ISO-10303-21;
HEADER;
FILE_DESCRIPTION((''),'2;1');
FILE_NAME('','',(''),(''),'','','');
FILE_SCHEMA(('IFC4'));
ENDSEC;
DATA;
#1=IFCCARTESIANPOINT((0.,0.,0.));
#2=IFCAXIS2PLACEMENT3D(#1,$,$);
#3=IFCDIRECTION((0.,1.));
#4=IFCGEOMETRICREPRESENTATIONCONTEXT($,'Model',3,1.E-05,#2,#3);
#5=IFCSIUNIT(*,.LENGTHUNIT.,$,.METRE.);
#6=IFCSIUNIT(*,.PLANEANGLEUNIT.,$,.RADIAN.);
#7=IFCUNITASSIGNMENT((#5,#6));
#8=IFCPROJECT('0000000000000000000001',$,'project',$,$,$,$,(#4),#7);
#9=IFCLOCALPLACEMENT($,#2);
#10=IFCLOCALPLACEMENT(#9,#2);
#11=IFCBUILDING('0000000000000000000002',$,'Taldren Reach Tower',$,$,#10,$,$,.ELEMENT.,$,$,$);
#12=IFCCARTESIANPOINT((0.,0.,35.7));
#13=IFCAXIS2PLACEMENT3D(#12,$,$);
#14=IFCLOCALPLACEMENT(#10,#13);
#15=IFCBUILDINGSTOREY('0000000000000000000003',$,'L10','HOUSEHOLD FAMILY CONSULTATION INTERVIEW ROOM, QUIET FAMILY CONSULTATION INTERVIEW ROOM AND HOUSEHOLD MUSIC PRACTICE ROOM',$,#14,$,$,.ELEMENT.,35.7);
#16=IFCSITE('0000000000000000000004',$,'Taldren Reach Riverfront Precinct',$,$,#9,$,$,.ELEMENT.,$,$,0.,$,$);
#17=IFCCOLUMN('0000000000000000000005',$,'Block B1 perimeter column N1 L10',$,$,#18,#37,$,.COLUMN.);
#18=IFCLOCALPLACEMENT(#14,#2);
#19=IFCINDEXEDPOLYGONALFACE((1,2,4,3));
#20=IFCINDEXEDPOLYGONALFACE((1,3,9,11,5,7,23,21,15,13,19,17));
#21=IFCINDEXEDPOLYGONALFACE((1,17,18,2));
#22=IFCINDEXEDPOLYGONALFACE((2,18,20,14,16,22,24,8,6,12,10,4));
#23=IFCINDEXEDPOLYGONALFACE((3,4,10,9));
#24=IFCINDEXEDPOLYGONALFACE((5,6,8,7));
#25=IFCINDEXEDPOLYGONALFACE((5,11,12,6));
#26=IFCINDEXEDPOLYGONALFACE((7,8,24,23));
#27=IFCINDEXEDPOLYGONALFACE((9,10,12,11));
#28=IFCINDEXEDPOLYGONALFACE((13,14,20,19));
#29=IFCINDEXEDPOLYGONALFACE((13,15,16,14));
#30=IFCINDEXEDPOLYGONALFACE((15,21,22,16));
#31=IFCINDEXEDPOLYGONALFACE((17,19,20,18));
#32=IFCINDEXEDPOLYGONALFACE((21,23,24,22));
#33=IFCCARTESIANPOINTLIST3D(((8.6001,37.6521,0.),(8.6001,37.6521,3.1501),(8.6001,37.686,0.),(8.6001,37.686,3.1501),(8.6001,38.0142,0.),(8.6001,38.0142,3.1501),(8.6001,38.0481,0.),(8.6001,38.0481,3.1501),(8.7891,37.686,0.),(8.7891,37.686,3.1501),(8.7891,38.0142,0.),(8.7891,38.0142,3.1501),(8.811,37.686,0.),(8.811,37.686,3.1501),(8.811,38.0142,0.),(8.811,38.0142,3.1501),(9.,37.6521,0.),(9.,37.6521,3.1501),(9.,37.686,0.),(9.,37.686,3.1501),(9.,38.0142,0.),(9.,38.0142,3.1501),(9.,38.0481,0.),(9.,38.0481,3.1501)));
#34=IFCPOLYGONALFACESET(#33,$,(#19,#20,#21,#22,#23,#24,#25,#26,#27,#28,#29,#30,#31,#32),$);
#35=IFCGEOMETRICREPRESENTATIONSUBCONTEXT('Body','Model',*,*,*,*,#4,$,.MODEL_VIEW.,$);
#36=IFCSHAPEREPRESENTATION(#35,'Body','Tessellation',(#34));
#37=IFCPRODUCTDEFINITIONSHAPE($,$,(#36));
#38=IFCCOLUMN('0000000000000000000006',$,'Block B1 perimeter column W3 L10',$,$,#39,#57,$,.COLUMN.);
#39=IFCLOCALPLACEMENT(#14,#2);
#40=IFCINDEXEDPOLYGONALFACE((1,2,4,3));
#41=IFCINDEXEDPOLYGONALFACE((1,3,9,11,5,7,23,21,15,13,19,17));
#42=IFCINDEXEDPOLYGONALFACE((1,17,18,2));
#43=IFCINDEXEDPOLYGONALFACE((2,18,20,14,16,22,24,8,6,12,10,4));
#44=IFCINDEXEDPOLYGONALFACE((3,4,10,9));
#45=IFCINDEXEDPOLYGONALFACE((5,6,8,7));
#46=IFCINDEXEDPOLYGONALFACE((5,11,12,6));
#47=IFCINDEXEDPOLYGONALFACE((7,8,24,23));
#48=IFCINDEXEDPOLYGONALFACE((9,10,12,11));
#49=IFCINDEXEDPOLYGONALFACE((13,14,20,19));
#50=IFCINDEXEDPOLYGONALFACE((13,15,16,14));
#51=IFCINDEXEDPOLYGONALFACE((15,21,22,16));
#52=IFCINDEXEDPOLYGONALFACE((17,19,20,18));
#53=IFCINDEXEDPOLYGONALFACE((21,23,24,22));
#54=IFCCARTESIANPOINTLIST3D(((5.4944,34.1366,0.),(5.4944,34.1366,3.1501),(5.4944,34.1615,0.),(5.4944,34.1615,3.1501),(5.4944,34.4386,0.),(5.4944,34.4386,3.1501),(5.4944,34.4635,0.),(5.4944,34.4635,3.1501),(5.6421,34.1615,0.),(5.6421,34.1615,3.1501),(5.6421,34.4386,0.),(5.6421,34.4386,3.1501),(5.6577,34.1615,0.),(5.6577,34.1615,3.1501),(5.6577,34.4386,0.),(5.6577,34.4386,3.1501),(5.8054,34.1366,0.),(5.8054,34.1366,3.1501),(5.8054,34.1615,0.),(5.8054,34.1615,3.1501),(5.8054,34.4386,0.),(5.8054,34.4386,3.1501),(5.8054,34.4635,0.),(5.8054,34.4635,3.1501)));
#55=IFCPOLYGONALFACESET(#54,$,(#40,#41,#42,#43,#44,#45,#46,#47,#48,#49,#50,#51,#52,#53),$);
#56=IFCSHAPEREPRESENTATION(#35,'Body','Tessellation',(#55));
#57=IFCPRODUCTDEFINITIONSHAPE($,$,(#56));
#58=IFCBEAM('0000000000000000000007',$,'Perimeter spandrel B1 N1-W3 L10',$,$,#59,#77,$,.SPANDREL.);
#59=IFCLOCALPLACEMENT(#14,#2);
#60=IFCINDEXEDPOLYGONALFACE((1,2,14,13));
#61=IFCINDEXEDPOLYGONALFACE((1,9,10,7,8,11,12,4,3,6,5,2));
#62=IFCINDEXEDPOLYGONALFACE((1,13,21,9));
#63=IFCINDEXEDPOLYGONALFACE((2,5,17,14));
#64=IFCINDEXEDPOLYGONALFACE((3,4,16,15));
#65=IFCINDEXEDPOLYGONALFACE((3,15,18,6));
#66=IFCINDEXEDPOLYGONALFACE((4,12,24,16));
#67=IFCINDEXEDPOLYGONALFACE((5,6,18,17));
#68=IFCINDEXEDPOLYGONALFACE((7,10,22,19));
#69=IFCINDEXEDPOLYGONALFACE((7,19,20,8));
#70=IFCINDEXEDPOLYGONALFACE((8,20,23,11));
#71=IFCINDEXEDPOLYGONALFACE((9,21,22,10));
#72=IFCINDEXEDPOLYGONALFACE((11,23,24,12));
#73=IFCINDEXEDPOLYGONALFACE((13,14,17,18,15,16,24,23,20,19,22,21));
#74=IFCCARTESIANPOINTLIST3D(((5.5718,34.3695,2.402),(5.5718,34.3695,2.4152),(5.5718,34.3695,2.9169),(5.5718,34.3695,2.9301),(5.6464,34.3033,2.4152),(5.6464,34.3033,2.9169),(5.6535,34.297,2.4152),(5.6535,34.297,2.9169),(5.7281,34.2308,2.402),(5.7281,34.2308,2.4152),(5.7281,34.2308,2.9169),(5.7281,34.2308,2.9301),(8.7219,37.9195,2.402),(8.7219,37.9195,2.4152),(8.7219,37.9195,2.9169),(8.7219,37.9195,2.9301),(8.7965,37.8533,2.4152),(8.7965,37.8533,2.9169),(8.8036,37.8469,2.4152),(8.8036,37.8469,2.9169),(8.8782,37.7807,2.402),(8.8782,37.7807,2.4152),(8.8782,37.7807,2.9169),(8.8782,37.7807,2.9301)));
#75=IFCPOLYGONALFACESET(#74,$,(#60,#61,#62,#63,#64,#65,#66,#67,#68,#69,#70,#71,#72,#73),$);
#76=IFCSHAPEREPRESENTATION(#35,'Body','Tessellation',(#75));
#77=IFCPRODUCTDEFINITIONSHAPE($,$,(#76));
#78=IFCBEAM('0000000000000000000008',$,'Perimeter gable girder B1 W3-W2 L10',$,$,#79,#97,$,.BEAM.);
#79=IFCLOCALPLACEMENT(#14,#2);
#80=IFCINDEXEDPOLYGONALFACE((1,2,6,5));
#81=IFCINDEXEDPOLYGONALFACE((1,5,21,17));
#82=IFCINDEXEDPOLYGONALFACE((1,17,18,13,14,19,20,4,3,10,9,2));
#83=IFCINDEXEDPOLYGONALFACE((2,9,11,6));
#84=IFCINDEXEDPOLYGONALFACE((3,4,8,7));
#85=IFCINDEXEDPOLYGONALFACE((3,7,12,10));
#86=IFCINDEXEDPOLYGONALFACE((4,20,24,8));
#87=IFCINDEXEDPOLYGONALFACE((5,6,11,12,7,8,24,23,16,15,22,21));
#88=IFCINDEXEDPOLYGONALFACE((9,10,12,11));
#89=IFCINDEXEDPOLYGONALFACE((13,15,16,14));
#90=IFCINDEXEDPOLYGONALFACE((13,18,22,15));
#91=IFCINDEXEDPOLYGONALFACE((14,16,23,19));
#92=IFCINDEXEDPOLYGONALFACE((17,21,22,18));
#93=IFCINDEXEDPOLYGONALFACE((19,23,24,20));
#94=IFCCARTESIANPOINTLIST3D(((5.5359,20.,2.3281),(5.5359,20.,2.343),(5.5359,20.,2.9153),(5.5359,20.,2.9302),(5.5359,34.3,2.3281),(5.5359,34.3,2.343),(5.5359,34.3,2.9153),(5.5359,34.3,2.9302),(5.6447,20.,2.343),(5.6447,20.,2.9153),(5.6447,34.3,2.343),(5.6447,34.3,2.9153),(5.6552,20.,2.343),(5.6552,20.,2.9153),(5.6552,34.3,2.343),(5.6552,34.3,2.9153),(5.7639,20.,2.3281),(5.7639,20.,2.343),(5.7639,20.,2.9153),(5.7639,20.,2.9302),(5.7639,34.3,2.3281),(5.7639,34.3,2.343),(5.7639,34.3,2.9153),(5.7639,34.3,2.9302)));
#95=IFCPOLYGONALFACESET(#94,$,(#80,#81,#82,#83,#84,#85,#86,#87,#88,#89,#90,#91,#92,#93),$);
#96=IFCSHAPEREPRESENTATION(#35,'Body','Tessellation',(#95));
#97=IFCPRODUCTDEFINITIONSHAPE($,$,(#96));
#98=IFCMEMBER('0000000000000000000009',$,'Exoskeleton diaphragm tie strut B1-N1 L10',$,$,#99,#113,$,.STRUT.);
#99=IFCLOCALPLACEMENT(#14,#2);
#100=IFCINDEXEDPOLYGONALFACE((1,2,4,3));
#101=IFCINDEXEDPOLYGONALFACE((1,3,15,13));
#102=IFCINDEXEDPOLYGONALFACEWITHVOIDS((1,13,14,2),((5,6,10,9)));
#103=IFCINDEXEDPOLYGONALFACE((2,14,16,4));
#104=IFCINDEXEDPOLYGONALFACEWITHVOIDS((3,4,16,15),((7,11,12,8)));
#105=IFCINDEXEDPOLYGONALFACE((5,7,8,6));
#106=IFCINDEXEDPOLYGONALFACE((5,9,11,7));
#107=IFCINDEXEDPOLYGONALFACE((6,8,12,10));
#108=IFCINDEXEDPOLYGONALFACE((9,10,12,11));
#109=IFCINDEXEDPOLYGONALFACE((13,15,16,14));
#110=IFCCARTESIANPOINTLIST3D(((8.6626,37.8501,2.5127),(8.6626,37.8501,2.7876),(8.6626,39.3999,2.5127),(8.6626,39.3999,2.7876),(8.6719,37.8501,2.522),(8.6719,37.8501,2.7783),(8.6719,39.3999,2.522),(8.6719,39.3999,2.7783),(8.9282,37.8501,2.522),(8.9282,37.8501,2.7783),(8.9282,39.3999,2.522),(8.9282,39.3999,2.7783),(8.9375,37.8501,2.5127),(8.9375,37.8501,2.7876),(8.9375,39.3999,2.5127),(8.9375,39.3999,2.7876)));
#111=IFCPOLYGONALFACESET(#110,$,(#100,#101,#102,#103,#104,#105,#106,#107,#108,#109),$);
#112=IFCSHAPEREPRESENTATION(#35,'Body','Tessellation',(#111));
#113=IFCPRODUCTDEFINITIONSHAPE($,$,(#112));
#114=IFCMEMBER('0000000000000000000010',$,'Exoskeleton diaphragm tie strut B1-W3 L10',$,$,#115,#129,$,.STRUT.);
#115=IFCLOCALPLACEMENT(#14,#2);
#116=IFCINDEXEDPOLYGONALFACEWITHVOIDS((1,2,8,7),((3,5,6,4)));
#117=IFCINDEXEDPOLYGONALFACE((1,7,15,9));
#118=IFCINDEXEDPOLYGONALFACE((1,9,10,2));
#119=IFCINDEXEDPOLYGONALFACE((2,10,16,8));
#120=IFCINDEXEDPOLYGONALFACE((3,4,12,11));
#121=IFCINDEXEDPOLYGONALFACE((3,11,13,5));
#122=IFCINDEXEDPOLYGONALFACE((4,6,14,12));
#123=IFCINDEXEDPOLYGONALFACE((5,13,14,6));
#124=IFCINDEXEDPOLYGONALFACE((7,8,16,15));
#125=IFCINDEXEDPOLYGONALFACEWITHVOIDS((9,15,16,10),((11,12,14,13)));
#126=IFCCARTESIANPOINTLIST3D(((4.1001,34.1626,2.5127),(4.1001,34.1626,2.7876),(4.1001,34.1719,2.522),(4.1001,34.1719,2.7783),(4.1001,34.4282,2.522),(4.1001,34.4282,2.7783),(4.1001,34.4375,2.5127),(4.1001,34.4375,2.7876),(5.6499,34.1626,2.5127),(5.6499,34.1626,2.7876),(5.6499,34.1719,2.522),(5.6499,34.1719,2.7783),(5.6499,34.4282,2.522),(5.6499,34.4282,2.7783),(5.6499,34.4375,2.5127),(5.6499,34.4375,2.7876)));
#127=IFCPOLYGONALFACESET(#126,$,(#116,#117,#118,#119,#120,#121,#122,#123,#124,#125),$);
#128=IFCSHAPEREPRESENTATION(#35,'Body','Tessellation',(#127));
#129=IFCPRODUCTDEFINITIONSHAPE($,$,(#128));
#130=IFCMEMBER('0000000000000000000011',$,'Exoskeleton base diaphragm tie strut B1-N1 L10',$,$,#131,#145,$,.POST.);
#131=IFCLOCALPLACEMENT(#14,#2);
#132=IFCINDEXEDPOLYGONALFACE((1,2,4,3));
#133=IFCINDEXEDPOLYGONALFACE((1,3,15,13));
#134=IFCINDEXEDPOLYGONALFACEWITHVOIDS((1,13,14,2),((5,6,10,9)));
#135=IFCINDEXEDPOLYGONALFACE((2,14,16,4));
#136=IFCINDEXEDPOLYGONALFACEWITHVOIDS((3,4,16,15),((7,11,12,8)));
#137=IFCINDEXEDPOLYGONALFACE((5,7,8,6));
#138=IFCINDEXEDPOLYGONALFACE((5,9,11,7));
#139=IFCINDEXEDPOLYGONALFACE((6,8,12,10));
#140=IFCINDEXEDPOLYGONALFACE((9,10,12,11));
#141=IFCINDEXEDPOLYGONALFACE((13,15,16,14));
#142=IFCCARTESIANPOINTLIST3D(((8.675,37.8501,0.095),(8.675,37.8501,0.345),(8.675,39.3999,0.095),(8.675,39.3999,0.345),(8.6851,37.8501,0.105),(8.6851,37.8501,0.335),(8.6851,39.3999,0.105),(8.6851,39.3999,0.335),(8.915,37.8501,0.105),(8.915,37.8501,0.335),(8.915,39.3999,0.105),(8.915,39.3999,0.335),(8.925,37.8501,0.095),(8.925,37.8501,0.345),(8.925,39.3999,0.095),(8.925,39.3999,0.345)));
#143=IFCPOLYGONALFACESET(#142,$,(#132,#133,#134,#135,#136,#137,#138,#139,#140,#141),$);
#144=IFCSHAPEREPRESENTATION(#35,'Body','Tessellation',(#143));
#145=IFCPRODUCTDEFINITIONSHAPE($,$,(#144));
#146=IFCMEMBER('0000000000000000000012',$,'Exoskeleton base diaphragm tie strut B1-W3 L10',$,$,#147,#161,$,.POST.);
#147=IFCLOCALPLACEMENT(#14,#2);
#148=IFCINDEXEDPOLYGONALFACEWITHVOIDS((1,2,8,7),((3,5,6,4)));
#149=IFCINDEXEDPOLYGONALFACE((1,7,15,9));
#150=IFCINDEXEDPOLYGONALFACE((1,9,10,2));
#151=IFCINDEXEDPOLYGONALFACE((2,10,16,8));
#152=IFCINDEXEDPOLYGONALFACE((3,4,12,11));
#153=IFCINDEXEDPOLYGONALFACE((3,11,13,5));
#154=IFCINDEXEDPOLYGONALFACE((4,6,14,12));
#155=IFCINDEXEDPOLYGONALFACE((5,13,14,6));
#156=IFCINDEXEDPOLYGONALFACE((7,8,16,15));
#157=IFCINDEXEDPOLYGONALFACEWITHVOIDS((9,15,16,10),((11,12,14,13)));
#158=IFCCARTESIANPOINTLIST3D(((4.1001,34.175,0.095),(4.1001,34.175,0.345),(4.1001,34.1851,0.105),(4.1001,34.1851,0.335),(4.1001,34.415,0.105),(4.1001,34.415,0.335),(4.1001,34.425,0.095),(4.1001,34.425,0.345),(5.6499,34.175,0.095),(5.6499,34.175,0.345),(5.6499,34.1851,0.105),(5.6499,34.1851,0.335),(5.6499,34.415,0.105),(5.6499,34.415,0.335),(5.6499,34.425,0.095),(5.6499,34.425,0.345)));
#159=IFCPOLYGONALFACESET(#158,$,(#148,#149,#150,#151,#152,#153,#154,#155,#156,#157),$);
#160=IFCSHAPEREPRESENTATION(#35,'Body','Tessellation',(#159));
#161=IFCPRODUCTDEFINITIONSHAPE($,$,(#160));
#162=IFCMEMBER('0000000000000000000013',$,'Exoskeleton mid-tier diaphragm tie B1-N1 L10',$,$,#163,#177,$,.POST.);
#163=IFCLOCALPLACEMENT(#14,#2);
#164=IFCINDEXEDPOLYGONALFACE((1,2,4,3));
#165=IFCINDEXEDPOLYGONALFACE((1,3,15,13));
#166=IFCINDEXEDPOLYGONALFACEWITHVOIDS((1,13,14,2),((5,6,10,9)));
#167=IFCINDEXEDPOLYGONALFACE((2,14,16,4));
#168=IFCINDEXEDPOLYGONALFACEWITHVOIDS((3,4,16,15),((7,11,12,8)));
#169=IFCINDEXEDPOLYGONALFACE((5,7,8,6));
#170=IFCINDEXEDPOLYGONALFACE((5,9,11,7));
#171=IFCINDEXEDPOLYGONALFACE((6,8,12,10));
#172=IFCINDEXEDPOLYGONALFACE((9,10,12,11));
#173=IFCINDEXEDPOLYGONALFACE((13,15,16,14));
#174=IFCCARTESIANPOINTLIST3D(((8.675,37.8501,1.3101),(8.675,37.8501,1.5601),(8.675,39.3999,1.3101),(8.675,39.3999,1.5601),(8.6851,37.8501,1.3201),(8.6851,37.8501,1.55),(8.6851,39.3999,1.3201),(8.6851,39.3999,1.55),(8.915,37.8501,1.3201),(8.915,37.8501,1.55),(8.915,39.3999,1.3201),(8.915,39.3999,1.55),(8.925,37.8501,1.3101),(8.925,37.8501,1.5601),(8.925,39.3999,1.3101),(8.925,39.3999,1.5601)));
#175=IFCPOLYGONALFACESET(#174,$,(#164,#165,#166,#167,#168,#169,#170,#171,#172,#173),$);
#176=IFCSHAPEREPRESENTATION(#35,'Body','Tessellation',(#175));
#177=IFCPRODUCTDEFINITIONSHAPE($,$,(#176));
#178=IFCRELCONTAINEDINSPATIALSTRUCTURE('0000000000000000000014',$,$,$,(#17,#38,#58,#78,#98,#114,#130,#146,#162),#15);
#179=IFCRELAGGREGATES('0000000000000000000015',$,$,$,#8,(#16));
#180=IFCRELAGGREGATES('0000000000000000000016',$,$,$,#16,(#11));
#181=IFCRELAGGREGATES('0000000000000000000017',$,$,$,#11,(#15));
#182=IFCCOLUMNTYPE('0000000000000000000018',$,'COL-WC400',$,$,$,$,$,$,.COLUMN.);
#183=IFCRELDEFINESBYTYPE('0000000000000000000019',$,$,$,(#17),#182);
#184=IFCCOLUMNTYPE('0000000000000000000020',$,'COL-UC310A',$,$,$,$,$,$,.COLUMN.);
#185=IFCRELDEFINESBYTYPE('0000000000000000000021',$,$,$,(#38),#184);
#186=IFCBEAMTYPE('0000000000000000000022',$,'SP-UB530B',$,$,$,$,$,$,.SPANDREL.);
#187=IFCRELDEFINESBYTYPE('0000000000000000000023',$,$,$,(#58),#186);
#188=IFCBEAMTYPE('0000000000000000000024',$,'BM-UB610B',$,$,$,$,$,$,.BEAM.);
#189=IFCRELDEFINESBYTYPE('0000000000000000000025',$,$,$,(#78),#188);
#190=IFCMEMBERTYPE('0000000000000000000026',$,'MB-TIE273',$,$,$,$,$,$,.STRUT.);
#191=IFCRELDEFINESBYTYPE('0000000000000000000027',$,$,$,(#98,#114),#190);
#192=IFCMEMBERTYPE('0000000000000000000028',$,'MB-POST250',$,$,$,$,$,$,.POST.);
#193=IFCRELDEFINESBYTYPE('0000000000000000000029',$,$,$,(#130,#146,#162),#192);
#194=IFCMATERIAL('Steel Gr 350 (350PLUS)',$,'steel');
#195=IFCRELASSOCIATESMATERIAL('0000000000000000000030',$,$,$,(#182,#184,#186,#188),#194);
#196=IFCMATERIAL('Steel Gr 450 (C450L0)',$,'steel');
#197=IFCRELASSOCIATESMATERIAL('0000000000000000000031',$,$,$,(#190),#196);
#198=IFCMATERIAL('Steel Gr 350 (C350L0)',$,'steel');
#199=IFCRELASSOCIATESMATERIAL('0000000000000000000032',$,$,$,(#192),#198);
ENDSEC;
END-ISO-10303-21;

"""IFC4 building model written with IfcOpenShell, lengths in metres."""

from ifc_helpers import new_model, si_unit, direction, frame, origin, origin_2d, place, context, subcontext, project, spatial, hollow_rectangle, i_section, extrude, source, transform, mapped, material, material_profile, profile_set, type_object, element, save


model = new_model("IFC4")

# Units and contexts
model_context = context("Model", 3, precision=1e-05, world=origin(), true_north=direction((0.0, 1.0)))
body_context = subcontext(model_context, "Body", "Model", "MODEL_VIEW")
ifc_project = project(units=[si_unit("LENGTHUNIT", "METRE"), si_unit("PLANEANGLEUNIT", "RADIAN")], contexts=[model_context])

# Site, building, storey
site_placement = place(None, origin())
site = spatial("IfcSite", under=ifc_project, at=site_placement, Name="Taldren Reach Riverfront Precinct", CompositionType="ELEMENT", RefElevation=0.0)
building_placement = place(site_placement, origin())
building = spatial("IfcBuilding", under=site, at=building_placement, Name="Taldren Reach Tower", CompositionType="ELEMENT")
storey_placement = place(building_placement, frame((0.0, 0.0, 35.7)))
storey = spatial("IfcBuildingStorey", under=building, at=storey_placement, Name="L10", Description="HOUSEHOLD FAMILY CONSULTATION INTERVIEW ROOM, QUIET FAMILY CONSULTATION INTERVIEW ROOM AND HOUSEHOLD MUSIC PRACTICE ROOM", CompositionType="ELEMENT", Elevation=35.7)

# Columns
ifc_material_1 = material(Name="Steel Gr 350 (350PLUS)", Category="steel")
ifc_material_profile_1 = material_profile(ifc_material_1, i_section(OverallWidth=0.3999, OverallDepth=0.396, WebThickness=0.022, FlangeThickness=0.0339, at=origin_2d()), Name="400WC270")
ifc_profile_set_1 = profile_set([ifc_material_profile_1], Name="Steel Gr 350 (350PLUS)")
column_type_1 = type_object("IfcColumnType", Name="COL-WC400", PredefinedType="COLUMN", material=ifc_profile_set_1)
shared_shape_1 = source(origin(), body_context, "Body", "SweptSolid", [
    extrude(i_section(OverallWidth=0.3999, OverallDepth=0.396, WebThickness=0.022, FlangeThickness=0.0339, at=origin_2d()), origin(), (0.0, 0.0, 1.0), 3.1501),
])
column_1_placement = place(storey_placement, frame((8.8, 37.8501, 0.0), z_axis=(0.0, 0.0, 1.0), x_axis=(1.0, 0.0, 0.0)))
element("IfcColumn", 1, at=column_1_placement, inside=storey, type_object=column_type_1, Name="Block B1 perimeter column N1 L10", PredefinedType="COLUMN", context=body_context, shape_type="MappedRepresentation", body=[
    mapped(shared_shape_1, transform((0.0, 0.0, 0.0), scale=1.0)),
])
ifc_material_profile_2 = material_profile(ifc_material_1, i_section(OverallWidth=0.311, OverallDepth=0.3269, WebThickness=0.0156, FlangeThickness=0.0249, at=origin_2d()), Name="310UC158")
ifc_profile_set_2 = profile_set([ifc_material_profile_2], Name="Steel Gr 350 (350PLUS)")
column_type_2 = type_object("IfcColumnType", Name="COL-UC310A", PredefinedType="COLUMN", material=ifc_profile_set_2)
shared_shape_2 = source(origin(), body_context, "Body", "SweptSolid", [
    extrude(i_section(OverallWidth=0.311, OverallDepth=0.3269, WebThickness=0.0156, FlangeThickness=0.0249, at=origin_2d()), origin(), (0.0, 0.0, 1.0), 3.1501),
])
column_2_placement = place(storey_placement, frame((5.6499, 34.3, 0.0), z_axis=(0.0, 0.0, 1.0), x_axis=(1.0, 0.0, 0.0)))
element("IfcColumn", 2, at=column_2_placement, inside=storey, type_object=column_type_2, Name="Block B1 perimeter column W3 L10", PredefinedType="COLUMN", context=body_context, shape_type="MappedRepresentation", body=[
    mapped(shared_shape_2, transform((0.0, 0.0, 0.0), scale=1.0)),
])

# Beams
ifc_material_profile_3 = material_profile(ifc_material_1, i_section(OverallWidth=0.209, OverallDepth=0.5281, WebThickness=0.0095, FlangeThickness=0.0132, at=origin_2d()), Name="530UB82.0")
ifc_profile_set_3 = profile_set([ifc_material_profile_3], Name="Steel Gr 350 (350PLUS)")
beam_type_1 = type_object("IfcBeamType", Name="SP-UB530B", PredefinedType="SPANDREL", material=ifc_profile_set_3)
shared_shape_3 = source(origin(), body_context, "Body", "SweptSolid", [
    extrude(i_section(OverallWidth=0.209, OverallDepth=0.5281, WebThickness=0.0095, FlangeThickness=0.0132, at=origin_2d()), origin(), (0.0, 0.0, 1.0), 4.7461),
])
beam_1_placement = place(storey_placement, frame((8.8, 37.8501, 2.666), z_axis=(-0.663722, -0.747979, 0.0), x_axis=(0.747979, -0.663722, 0.0)))
element("IfcBeam", 3, at=beam_1_placement, inside=storey, type_object=beam_type_1, Name="Perimeter spandrel B1 N1-W3 L10", PredefinedType="SPANDREL", context=body_context, shape_type="MappedRepresentation", body=[
    mapped(shared_shape_3, transform((0.0, 0.0, 0.0), scale=1.0)),
])
ifc_material_profile_4 = material_profile(ifc_material_1, i_section(OverallWidth=0.228, OverallDepth=0.6021, WebThickness=0.0105, FlangeThickness=0.0149, at=origin_2d()), Name="610UB101")
ifc_profile_set_4 = profile_set([ifc_material_profile_4], Name="Steel Gr 350 (350PLUS)")
beam_type_2 = type_object("IfcBeamType", Name="BM-UB610B", PredefinedType="BEAM", material=ifc_profile_set_4)
shared_shape_4 = source(origin(), body_context, "Body", "SweptSolid", [
    extrude(i_section(OverallWidth=0.228, OverallDepth=0.6021, WebThickness=0.0105, FlangeThickness=0.0149, at=origin_2d()), origin(), (0.0, 0.0, 1.0), 14.3),
])
beam_2_placement = place(storey_placement, frame((5.6499, 34.3, 2.6292), z_axis=(0.0, -1.0, 0.0), x_axis=(1.0, 0.0, 0.0)))
element("IfcBeam", 4, at=beam_2_placement, inside=storey, type_object=beam_type_2, Name="Perimeter gable girder B1 W3-W2 L10", PredefinedType="BEAM", context=body_context, shape_type="MappedRepresentation", body=[
    mapped(shared_shape_4, transform((0.0, 0.0, 0.0), scale=1.0)),
])

# Members
ifc_material_2 = material(Name="Steel Gr 450 (C450L0)", Category="steel")
ifc_material_profile_5 = material_profile(ifc_material_2, hollow_rectangle(XDim=0.2749, YDim=0.2749, WallThickness=0.0093, at=origin_2d()), Name="275x275x9.3SHS")
ifc_profile_set_5 = profile_set([ifc_material_profile_5], Name="Steel Gr 450 (C450L0)")
member_type_1 = type_object("IfcMemberType", Name="MB-TIE273", PredefinedType="STRUT", material=ifc_profile_set_5)
shared_shape_5 = source(origin(), body_context, "Body", "SweptSolid", [
    extrude(hollow_rectangle(XDim=0.2749, YDim=0.2749, WallThickness=0.0093, at=origin_2d()), origin(), (0.0, 0.0, 1.0), 1.5498),
])
for number, where, z_axis, x_axis, name in (
    (5, (8.8, 37.8501, 2.6501), (0.0, 1.0, 0.0), (-1.0, 0.0, 0.0), "Exoskeleton diaphragm tie strut B1-N1 L10"),
    (6, (5.6499, 34.3, 2.6501), (-1.0, 0.0, 0.0), (0.0, -1.0, 0.0), "Exoskeleton diaphragm tie strut B1-W3 L10"),
):
    element("IfcMember", number, at=place(storey_placement, frame(where, z_axis=z_axis, x_axis=x_axis)), inside=storey, type_object=member_type_1, Name=name, PredefinedType="STRUT", context=body_context, shape_type="MappedRepresentation", body=[
        mapped(shared_shape_5, transform((0.0, 0.0, 0.0), scale=1.0)),
    ])
ifc_material_3 = material(Name="Steel Gr 350 (C350L0)", Category="steel")
ifc_material_profile_6 = material_profile(ifc_material_3, hollow_rectangle(XDim=0.25, YDim=0.25, WallThickness=0.01, at=origin_2d()), Name="250x250x10.0SHS")
ifc_profile_set_6 = profile_set([ifc_material_profile_6], Name="Steel Gr 350 (C350L0)")
member_type_2 = type_object("IfcMemberType", Name="MB-POST250", PredefinedType="POST", material=ifc_profile_set_6)
shared_shape_6 = source(origin(), body_context, "Body", "SweptSolid", [
    extrude(hollow_rectangle(XDim=0.25, YDim=0.25, WallThickness=0.01, at=origin_2d()), origin(), (0.0, 0.0, 1.0), 1.5498),
])
for number, where, z_axis, x_axis, name in (
    (7, (8.8, 37.8501, 0.22), (0.0, 1.0, 0.0), (-1.0, 0.0, 0.0), "Exoskeleton base diaphragm tie strut B1-N1 L10"),
    (8, (5.6499, 34.3, 0.22), (-1.0, 0.0, 0.0), (0.0, -1.0, 0.0), "Exoskeleton base diaphragm tie strut B1-W3 L10"),
    (9, (8.8, 37.8501, 1.4351), (0.0, 1.0, 0.0), (-1.0, 0.0, 0.0), "Exoskeleton mid-tier diaphragm tie B1-N1 L10"),
):
    element("IfcMember", number, at=place(storey_placement, frame(where, z_axis=z_axis, x_axis=x_axis)), inside=storey, type_object=member_type_2, Name=name, PredefinedType="POST", context=body_context, shape_type="MappedRepresentation", body=[
        mapped(shared_shape_6, transform((0.0, 0.0, 0.0), scale=1.0)),
    ])

save(model, "model.ifc")
